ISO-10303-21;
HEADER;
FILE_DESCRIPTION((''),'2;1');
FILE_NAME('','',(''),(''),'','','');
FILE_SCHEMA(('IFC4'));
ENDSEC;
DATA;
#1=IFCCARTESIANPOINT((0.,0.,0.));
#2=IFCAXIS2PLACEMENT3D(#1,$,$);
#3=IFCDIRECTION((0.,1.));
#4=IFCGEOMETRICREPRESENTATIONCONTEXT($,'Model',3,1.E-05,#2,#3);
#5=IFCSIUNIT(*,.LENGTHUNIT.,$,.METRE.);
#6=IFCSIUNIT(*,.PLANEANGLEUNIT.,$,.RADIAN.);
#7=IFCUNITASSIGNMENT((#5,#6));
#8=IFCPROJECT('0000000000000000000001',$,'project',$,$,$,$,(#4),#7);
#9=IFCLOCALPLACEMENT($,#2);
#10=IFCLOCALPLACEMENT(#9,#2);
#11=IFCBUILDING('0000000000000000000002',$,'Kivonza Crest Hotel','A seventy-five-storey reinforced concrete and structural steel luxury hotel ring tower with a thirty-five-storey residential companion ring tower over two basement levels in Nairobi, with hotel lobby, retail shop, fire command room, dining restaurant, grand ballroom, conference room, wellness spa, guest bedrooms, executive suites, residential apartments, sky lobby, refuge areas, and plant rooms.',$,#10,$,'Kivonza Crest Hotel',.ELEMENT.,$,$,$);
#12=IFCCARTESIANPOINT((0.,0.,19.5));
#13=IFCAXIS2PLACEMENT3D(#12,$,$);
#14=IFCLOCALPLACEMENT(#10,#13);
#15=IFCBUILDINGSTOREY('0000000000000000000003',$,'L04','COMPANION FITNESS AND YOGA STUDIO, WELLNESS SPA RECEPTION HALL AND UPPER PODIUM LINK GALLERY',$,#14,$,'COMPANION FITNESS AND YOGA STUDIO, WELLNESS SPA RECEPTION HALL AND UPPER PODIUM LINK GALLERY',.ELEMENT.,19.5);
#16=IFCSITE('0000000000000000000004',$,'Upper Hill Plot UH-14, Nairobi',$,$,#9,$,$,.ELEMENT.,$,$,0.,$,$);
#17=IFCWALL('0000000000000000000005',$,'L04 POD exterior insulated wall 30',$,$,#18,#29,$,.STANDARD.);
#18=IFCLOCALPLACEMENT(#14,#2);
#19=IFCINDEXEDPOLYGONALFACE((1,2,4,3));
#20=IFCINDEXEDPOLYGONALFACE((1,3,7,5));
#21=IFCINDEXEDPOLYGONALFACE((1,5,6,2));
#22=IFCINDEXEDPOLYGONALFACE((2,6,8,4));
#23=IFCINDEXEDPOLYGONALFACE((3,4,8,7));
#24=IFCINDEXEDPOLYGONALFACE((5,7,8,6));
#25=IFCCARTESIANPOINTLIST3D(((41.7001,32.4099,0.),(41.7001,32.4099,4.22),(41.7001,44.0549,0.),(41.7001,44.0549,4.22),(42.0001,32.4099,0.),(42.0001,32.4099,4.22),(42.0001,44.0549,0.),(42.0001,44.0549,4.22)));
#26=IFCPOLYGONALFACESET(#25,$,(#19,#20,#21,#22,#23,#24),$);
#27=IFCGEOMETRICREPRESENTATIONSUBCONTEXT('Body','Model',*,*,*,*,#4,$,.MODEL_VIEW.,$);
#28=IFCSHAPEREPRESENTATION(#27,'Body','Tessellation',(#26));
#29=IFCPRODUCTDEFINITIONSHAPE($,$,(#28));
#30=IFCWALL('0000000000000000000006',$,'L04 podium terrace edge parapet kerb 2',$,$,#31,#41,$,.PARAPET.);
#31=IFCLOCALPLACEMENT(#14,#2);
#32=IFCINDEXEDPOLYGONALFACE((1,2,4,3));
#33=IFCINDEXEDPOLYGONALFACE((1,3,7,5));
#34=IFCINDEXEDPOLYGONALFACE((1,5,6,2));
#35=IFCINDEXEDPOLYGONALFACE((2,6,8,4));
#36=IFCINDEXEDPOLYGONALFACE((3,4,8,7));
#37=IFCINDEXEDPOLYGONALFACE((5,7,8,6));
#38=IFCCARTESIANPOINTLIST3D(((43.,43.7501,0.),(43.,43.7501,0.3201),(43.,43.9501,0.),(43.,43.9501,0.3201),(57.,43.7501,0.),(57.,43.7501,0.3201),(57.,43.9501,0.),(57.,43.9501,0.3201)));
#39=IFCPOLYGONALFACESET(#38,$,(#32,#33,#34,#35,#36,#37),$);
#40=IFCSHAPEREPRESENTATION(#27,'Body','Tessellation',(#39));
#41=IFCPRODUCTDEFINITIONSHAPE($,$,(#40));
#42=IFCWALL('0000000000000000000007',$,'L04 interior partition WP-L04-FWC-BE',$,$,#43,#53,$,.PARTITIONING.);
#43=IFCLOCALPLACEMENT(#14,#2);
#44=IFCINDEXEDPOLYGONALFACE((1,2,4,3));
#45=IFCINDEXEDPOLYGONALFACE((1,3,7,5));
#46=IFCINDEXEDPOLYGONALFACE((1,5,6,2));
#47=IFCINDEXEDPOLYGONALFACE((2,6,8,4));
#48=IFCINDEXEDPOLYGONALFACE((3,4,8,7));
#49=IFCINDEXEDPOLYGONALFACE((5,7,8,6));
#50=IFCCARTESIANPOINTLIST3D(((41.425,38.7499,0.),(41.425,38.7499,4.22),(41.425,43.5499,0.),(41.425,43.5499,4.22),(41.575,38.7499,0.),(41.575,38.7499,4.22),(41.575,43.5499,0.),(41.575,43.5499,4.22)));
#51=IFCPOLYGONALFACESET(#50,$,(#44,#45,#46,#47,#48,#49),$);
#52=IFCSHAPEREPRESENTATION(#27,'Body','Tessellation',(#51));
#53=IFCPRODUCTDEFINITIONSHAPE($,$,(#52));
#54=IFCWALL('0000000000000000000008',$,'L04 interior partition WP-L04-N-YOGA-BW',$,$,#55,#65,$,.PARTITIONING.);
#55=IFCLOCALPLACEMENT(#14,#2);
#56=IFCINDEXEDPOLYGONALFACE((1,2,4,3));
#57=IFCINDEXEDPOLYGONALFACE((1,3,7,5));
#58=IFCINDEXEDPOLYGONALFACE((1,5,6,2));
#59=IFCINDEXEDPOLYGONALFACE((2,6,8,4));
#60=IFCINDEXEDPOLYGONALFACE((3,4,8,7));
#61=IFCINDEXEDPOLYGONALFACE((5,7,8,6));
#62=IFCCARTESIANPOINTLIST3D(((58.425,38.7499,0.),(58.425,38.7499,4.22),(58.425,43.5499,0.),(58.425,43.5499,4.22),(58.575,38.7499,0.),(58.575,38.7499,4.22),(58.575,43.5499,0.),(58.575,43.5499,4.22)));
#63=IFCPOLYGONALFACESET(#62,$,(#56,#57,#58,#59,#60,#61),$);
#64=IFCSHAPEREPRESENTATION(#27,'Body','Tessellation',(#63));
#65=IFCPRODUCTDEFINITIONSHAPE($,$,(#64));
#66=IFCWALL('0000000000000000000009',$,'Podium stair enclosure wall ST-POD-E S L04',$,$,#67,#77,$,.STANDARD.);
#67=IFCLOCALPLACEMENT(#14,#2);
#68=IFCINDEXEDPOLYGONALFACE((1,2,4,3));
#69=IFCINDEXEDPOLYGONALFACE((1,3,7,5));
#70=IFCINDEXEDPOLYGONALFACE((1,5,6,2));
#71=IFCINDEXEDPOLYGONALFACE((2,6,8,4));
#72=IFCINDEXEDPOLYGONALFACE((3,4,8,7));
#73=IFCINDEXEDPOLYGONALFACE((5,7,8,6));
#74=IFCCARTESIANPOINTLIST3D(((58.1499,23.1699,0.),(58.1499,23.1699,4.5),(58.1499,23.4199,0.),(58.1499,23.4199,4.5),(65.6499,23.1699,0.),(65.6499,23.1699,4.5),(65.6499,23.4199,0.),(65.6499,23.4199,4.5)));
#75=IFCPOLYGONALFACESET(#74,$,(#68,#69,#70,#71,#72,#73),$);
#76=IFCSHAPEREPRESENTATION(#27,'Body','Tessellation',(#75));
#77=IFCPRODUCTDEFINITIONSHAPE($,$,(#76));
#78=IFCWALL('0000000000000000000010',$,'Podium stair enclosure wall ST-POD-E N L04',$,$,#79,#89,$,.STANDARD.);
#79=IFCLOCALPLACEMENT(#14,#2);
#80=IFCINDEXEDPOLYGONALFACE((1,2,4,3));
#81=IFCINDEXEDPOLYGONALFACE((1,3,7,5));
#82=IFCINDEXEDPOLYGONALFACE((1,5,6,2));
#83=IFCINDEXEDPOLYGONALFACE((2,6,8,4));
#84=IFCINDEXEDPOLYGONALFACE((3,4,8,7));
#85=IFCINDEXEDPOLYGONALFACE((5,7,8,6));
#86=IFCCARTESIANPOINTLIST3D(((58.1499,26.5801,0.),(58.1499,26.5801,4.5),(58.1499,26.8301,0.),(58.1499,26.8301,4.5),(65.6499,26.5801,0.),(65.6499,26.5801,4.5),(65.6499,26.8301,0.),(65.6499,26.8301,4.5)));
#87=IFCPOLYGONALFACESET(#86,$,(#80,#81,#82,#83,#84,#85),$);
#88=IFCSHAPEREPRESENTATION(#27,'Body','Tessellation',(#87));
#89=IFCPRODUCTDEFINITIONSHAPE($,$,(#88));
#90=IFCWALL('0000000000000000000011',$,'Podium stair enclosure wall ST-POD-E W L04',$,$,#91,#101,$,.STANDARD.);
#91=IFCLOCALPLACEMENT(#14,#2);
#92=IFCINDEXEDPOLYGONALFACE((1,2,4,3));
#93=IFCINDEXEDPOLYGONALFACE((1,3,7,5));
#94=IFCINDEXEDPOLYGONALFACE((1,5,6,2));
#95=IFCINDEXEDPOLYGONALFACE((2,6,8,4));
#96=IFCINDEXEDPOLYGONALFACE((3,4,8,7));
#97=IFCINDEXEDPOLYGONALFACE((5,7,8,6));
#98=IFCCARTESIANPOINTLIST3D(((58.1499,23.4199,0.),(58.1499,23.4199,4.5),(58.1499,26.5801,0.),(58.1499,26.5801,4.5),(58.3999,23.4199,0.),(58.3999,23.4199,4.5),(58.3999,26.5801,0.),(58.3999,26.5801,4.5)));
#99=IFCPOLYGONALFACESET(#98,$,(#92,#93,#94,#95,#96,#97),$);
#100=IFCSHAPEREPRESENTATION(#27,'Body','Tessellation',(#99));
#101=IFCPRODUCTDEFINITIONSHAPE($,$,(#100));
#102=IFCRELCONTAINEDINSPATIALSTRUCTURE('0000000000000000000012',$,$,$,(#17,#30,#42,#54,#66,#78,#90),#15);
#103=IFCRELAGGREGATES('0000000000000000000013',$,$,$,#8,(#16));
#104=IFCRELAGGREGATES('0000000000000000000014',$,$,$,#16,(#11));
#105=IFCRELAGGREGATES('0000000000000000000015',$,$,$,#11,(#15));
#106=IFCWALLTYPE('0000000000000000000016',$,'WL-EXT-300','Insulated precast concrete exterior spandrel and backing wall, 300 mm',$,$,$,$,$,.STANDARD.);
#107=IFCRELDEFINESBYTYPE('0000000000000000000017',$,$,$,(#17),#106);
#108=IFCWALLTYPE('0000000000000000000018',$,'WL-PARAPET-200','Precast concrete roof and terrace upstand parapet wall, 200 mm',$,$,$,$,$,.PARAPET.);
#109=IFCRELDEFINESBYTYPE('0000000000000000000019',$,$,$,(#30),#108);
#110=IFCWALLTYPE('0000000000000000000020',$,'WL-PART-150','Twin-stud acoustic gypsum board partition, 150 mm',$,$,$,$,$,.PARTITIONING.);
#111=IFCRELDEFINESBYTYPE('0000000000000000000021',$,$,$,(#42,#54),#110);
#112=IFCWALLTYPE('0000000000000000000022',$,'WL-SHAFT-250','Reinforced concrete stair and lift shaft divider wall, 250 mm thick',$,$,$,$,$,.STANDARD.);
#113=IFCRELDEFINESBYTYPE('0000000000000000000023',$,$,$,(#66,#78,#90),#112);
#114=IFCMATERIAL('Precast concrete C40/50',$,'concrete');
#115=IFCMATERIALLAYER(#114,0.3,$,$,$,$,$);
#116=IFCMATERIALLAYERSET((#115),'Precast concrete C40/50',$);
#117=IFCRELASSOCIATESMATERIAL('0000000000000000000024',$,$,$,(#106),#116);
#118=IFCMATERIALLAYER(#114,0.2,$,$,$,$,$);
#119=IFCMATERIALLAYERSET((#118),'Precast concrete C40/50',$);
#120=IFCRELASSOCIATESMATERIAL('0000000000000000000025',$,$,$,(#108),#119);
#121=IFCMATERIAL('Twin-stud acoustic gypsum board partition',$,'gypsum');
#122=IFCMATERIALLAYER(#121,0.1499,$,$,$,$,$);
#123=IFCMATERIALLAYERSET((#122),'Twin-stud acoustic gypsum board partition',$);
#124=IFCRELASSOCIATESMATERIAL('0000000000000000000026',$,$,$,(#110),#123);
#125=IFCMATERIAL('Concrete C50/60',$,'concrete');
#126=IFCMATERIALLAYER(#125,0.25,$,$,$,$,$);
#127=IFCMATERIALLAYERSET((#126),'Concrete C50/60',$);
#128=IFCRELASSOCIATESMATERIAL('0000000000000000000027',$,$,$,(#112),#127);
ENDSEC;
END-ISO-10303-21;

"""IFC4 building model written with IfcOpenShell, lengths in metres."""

from ifc_helpers import new_model, si_unit, direction, frame, frame_2d, origin, place, context, subcontext, project, spatial, rectangle, extrude, material, layer, layer_set, type_object, element, save


model = new_model("IFC4")

# Units and contexts
model_context = context("Model", 3, precision=1e-05, world=origin(), true_north=direction((0.0, 1.0)))
body_context = subcontext(model_context, "Body", "Model", "MODEL_VIEW")
ifc_project = project(units=[si_unit("LENGTHUNIT", "METRE"), si_unit("PLANEANGLEUNIT", "RADIAN")], contexts=[model_context])

# Site, building, storey
site_placement = place(None, origin())
site = spatial("IfcSite", under=ifc_project, at=site_placement, Name="Upper Hill Plot UH-14, Nairobi", CompositionType="ELEMENT", RefElevation=0.0)
building_placement = place(site_placement, origin())
building = spatial("IfcBuilding", under=site, at=building_placement, Name="Kivonza Crest Hotel", Description="A seventy-five-storey reinforced concrete and structural steel luxury hotel ring tower with a thirty-five-storey residential companion ring tower over two basement levels in Nairobi, with hotel lobby, retail shop, fire command room, dining restaurant, grand ballroom, conference room, wellness spa, guest bedrooms, executive suites, residential apartments, sky lobby, refuge areas, and plant rooms.", LongName="Kivonza Crest Hotel", CompositionType="ELEMENT")
storey_placement = place(building_placement, frame((0.0, 0.0, 19.5)))
storey = spatial("IfcBuildingStorey", under=building, at=storey_placement, Name="L04", Description="COMPANION FITNESS AND YOGA STUDIO, WELLNESS SPA RECEPTION HALL AND UPPER PODIUM LINK GALLERY", LongName="COMPANION FITNESS AND YOGA STUDIO, WELLNESS SPA RECEPTION HALL AND UPPER PODIUM LINK GALLERY", CompositionType="ELEMENT", Elevation=19.5)

# Shared definitions
ifc_material_1 = material(Name="Concrete C50/60", Category="concrete")

# Shared definitions
ifc_material_2 = material(Name="Precast concrete C40/50", Category="concrete")
ifc_layer_1 = layer(ifc_material_2, 0.3)
ifc_layer_set_1 = layer_set([ifc_layer_1], Name="Precast concrete C40/50")
wall_type_1 = type_object("IfcWallType", Name="WL-EXT-300", Description="Insulated precast concrete exterior spandrel and backing wall, 300 mm", PredefinedType="STANDARD", material=ifc_layer_set_1)

# Walls
wall_1_placement = place(storey_placement, frame((41.8501, 32.4099, 0.0), z_axis=(0.0, 0.0, 1.0), x_axis=(0.0, 1.0, 0.0)))
element("IfcWall", 1, at=wall_1_placement, inside=storey, type_object=wall_type_1, Name="L04 POD exterior insulated wall 30", PredefinedType="STANDARD", context=body_context, shape_type="SweptSolid", body=[
    extrude(rectangle(XDim=11.645, YDim=0.3, at=frame_2d((5.8225, 0.0))), origin(), (0.0, 0.0, 1.0), 4.22),
])
ifc_layer_2 = layer(ifc_material_2, 0.2)
ifc_layer_set_2 = layer_set([ifc_layer_2], Name="Precast concrete C40/50")
wall_type_2 = type_object("IfcWallType", Name="WL-PARAPET-200", Description="Precast concrete roof and terrace upstand parapet wall, 200 mm", PredefinedType="PARAPET", material=ifc_layer_set_2)
wall_2_placement = place(storey_placement, frame((43.0, 43.8501, 0.0), z_axis=(0.0, 0.0, 1.0), x_axis=(1.0, 0.0, 0.0)))
element("IfcWall", 2, at=wall_2_placement, inside=storey, type_object=wall_type_2, Name="L04 podium terrace edge parapet kerb 2", PredefinedType="PARAPET", context=body_context, shape_type="SweptSolid", body=[
    extrude(rectangle(XDim=14.0, YDim=0.2, at=frame_2d((7.0, 0.0))), origin(), (0.0, 0.0, 1.0), 0.3201),
])
ifc_material_3 = material(Name="Twin-stud acoustic gypsum board partition", Category="gypsum")
ifc_layer_3 = layer(ifc_material_3, 0.1499)
ifc_layer_set_3 = layer_set([ifc_layer_3], Name="Twin-stud acoustic gypsum board partition")
wall_type_3 = type_object("IfcWallType", Name="WL-PART-150", Description="Twin-stud acoustic gypsum board partition, 150 mm", PredefinedType="PARTITIONING", material=ifc_layer_set_3)
for number, where, z_axis, x_axis, name in (
    (3, (41.5, 38.75, 0.0), (0.0, 0.0, 1.0), (0.0, 1.0, 0.0), "L04 interior partition WP-L04-FWC-BE"),
    (4, (58.5, 38.75, 0.0), (0.0, 0.0, 1.0), (0.0, 1.0, 0.0), "L04 interior partition WP-L04-N-YOGA-BW"),
):
    element("IfcWall", number, at=place(storey_placement, frame(where, z_axis=z_axis, x_axis=x_axis)), inside=storey, type_object=wall_type_3, Name=name, PredefinedType="PARTITIONING", context=body_context, shape_type="SweptSolid", body=[
        extrude(rectangle(XDim=4.8, YDim=0.1499, at=frame_2d((2.3999, 0.0))), origin(), (0.0, 0.0, 1.0), 4.22),
    ])
ifc_layer_4 = layer(ifc_material_1, 0.25)
ifc_layer_set_4 = layer_set([ifc_layer_4], Name="Concrete C50/60")
wall_type_4 = type_object("IfcWallType", Name="WL-SHAFT-250", Description="Reinforced concrete stair and lift shaft divider wall, 250 mm thick", PredefinedType="STANDARD", material=ifc_layer_set_4)
for number, where, z_axis, x_axis, name in (
    (5, (58.1499, 23.2949, 0.0), (0.0, 0.0, 1.0), (1.0, 0.0, 0.0), "Podium stair enclosure wall ST-POD-E S L04"),
    (6, (58.1499, 26.7051, 0.0), (0.0, 0.0, 1.0), (1.0, 0.0, 0.0), "Podium stair enclosure wall ST-POD-E N L04"),
):
    element("IfcWall", number, at=place(storey_placement, frame(where, z_axis=z_axis, x_axis=x_axis)), inside=storey, type_object=wall_type_4, Name=name, PredefinedType="STANDARD", context=body_context, shape_type="SweptSolid", body=[
        extrude(rectangle(XDim=7.5, YDim=0.25, at=frame_2d((3.75, 0.0))), origin(), (0.0, 0.0, 1.0), 4.5),
    ])
wall_3_placement = place(storey_placement, frame((58.2749, 23.4199, 0.0), z_axis=(0.0, 0.0, 1.0), x_axis=(0.0, 1.0, 0.0)))
element("IfcWall", 7, at=wall_3_placement, inside=storey, type_object=wall_type_4, Name="Podium stair enclosure wall ST-POD-E W L04", PredefinedType="STANDARD", context=body_context, shape_type="SweptSolid", body=[
    extrude(rectangle(XDim=3.1602, YDim=0.25, at=frame_2d((1.5801, 0.0))), origin(), (0.0, 0.0, 1.0), 4.5),
])

save(model, "model.ifc")
